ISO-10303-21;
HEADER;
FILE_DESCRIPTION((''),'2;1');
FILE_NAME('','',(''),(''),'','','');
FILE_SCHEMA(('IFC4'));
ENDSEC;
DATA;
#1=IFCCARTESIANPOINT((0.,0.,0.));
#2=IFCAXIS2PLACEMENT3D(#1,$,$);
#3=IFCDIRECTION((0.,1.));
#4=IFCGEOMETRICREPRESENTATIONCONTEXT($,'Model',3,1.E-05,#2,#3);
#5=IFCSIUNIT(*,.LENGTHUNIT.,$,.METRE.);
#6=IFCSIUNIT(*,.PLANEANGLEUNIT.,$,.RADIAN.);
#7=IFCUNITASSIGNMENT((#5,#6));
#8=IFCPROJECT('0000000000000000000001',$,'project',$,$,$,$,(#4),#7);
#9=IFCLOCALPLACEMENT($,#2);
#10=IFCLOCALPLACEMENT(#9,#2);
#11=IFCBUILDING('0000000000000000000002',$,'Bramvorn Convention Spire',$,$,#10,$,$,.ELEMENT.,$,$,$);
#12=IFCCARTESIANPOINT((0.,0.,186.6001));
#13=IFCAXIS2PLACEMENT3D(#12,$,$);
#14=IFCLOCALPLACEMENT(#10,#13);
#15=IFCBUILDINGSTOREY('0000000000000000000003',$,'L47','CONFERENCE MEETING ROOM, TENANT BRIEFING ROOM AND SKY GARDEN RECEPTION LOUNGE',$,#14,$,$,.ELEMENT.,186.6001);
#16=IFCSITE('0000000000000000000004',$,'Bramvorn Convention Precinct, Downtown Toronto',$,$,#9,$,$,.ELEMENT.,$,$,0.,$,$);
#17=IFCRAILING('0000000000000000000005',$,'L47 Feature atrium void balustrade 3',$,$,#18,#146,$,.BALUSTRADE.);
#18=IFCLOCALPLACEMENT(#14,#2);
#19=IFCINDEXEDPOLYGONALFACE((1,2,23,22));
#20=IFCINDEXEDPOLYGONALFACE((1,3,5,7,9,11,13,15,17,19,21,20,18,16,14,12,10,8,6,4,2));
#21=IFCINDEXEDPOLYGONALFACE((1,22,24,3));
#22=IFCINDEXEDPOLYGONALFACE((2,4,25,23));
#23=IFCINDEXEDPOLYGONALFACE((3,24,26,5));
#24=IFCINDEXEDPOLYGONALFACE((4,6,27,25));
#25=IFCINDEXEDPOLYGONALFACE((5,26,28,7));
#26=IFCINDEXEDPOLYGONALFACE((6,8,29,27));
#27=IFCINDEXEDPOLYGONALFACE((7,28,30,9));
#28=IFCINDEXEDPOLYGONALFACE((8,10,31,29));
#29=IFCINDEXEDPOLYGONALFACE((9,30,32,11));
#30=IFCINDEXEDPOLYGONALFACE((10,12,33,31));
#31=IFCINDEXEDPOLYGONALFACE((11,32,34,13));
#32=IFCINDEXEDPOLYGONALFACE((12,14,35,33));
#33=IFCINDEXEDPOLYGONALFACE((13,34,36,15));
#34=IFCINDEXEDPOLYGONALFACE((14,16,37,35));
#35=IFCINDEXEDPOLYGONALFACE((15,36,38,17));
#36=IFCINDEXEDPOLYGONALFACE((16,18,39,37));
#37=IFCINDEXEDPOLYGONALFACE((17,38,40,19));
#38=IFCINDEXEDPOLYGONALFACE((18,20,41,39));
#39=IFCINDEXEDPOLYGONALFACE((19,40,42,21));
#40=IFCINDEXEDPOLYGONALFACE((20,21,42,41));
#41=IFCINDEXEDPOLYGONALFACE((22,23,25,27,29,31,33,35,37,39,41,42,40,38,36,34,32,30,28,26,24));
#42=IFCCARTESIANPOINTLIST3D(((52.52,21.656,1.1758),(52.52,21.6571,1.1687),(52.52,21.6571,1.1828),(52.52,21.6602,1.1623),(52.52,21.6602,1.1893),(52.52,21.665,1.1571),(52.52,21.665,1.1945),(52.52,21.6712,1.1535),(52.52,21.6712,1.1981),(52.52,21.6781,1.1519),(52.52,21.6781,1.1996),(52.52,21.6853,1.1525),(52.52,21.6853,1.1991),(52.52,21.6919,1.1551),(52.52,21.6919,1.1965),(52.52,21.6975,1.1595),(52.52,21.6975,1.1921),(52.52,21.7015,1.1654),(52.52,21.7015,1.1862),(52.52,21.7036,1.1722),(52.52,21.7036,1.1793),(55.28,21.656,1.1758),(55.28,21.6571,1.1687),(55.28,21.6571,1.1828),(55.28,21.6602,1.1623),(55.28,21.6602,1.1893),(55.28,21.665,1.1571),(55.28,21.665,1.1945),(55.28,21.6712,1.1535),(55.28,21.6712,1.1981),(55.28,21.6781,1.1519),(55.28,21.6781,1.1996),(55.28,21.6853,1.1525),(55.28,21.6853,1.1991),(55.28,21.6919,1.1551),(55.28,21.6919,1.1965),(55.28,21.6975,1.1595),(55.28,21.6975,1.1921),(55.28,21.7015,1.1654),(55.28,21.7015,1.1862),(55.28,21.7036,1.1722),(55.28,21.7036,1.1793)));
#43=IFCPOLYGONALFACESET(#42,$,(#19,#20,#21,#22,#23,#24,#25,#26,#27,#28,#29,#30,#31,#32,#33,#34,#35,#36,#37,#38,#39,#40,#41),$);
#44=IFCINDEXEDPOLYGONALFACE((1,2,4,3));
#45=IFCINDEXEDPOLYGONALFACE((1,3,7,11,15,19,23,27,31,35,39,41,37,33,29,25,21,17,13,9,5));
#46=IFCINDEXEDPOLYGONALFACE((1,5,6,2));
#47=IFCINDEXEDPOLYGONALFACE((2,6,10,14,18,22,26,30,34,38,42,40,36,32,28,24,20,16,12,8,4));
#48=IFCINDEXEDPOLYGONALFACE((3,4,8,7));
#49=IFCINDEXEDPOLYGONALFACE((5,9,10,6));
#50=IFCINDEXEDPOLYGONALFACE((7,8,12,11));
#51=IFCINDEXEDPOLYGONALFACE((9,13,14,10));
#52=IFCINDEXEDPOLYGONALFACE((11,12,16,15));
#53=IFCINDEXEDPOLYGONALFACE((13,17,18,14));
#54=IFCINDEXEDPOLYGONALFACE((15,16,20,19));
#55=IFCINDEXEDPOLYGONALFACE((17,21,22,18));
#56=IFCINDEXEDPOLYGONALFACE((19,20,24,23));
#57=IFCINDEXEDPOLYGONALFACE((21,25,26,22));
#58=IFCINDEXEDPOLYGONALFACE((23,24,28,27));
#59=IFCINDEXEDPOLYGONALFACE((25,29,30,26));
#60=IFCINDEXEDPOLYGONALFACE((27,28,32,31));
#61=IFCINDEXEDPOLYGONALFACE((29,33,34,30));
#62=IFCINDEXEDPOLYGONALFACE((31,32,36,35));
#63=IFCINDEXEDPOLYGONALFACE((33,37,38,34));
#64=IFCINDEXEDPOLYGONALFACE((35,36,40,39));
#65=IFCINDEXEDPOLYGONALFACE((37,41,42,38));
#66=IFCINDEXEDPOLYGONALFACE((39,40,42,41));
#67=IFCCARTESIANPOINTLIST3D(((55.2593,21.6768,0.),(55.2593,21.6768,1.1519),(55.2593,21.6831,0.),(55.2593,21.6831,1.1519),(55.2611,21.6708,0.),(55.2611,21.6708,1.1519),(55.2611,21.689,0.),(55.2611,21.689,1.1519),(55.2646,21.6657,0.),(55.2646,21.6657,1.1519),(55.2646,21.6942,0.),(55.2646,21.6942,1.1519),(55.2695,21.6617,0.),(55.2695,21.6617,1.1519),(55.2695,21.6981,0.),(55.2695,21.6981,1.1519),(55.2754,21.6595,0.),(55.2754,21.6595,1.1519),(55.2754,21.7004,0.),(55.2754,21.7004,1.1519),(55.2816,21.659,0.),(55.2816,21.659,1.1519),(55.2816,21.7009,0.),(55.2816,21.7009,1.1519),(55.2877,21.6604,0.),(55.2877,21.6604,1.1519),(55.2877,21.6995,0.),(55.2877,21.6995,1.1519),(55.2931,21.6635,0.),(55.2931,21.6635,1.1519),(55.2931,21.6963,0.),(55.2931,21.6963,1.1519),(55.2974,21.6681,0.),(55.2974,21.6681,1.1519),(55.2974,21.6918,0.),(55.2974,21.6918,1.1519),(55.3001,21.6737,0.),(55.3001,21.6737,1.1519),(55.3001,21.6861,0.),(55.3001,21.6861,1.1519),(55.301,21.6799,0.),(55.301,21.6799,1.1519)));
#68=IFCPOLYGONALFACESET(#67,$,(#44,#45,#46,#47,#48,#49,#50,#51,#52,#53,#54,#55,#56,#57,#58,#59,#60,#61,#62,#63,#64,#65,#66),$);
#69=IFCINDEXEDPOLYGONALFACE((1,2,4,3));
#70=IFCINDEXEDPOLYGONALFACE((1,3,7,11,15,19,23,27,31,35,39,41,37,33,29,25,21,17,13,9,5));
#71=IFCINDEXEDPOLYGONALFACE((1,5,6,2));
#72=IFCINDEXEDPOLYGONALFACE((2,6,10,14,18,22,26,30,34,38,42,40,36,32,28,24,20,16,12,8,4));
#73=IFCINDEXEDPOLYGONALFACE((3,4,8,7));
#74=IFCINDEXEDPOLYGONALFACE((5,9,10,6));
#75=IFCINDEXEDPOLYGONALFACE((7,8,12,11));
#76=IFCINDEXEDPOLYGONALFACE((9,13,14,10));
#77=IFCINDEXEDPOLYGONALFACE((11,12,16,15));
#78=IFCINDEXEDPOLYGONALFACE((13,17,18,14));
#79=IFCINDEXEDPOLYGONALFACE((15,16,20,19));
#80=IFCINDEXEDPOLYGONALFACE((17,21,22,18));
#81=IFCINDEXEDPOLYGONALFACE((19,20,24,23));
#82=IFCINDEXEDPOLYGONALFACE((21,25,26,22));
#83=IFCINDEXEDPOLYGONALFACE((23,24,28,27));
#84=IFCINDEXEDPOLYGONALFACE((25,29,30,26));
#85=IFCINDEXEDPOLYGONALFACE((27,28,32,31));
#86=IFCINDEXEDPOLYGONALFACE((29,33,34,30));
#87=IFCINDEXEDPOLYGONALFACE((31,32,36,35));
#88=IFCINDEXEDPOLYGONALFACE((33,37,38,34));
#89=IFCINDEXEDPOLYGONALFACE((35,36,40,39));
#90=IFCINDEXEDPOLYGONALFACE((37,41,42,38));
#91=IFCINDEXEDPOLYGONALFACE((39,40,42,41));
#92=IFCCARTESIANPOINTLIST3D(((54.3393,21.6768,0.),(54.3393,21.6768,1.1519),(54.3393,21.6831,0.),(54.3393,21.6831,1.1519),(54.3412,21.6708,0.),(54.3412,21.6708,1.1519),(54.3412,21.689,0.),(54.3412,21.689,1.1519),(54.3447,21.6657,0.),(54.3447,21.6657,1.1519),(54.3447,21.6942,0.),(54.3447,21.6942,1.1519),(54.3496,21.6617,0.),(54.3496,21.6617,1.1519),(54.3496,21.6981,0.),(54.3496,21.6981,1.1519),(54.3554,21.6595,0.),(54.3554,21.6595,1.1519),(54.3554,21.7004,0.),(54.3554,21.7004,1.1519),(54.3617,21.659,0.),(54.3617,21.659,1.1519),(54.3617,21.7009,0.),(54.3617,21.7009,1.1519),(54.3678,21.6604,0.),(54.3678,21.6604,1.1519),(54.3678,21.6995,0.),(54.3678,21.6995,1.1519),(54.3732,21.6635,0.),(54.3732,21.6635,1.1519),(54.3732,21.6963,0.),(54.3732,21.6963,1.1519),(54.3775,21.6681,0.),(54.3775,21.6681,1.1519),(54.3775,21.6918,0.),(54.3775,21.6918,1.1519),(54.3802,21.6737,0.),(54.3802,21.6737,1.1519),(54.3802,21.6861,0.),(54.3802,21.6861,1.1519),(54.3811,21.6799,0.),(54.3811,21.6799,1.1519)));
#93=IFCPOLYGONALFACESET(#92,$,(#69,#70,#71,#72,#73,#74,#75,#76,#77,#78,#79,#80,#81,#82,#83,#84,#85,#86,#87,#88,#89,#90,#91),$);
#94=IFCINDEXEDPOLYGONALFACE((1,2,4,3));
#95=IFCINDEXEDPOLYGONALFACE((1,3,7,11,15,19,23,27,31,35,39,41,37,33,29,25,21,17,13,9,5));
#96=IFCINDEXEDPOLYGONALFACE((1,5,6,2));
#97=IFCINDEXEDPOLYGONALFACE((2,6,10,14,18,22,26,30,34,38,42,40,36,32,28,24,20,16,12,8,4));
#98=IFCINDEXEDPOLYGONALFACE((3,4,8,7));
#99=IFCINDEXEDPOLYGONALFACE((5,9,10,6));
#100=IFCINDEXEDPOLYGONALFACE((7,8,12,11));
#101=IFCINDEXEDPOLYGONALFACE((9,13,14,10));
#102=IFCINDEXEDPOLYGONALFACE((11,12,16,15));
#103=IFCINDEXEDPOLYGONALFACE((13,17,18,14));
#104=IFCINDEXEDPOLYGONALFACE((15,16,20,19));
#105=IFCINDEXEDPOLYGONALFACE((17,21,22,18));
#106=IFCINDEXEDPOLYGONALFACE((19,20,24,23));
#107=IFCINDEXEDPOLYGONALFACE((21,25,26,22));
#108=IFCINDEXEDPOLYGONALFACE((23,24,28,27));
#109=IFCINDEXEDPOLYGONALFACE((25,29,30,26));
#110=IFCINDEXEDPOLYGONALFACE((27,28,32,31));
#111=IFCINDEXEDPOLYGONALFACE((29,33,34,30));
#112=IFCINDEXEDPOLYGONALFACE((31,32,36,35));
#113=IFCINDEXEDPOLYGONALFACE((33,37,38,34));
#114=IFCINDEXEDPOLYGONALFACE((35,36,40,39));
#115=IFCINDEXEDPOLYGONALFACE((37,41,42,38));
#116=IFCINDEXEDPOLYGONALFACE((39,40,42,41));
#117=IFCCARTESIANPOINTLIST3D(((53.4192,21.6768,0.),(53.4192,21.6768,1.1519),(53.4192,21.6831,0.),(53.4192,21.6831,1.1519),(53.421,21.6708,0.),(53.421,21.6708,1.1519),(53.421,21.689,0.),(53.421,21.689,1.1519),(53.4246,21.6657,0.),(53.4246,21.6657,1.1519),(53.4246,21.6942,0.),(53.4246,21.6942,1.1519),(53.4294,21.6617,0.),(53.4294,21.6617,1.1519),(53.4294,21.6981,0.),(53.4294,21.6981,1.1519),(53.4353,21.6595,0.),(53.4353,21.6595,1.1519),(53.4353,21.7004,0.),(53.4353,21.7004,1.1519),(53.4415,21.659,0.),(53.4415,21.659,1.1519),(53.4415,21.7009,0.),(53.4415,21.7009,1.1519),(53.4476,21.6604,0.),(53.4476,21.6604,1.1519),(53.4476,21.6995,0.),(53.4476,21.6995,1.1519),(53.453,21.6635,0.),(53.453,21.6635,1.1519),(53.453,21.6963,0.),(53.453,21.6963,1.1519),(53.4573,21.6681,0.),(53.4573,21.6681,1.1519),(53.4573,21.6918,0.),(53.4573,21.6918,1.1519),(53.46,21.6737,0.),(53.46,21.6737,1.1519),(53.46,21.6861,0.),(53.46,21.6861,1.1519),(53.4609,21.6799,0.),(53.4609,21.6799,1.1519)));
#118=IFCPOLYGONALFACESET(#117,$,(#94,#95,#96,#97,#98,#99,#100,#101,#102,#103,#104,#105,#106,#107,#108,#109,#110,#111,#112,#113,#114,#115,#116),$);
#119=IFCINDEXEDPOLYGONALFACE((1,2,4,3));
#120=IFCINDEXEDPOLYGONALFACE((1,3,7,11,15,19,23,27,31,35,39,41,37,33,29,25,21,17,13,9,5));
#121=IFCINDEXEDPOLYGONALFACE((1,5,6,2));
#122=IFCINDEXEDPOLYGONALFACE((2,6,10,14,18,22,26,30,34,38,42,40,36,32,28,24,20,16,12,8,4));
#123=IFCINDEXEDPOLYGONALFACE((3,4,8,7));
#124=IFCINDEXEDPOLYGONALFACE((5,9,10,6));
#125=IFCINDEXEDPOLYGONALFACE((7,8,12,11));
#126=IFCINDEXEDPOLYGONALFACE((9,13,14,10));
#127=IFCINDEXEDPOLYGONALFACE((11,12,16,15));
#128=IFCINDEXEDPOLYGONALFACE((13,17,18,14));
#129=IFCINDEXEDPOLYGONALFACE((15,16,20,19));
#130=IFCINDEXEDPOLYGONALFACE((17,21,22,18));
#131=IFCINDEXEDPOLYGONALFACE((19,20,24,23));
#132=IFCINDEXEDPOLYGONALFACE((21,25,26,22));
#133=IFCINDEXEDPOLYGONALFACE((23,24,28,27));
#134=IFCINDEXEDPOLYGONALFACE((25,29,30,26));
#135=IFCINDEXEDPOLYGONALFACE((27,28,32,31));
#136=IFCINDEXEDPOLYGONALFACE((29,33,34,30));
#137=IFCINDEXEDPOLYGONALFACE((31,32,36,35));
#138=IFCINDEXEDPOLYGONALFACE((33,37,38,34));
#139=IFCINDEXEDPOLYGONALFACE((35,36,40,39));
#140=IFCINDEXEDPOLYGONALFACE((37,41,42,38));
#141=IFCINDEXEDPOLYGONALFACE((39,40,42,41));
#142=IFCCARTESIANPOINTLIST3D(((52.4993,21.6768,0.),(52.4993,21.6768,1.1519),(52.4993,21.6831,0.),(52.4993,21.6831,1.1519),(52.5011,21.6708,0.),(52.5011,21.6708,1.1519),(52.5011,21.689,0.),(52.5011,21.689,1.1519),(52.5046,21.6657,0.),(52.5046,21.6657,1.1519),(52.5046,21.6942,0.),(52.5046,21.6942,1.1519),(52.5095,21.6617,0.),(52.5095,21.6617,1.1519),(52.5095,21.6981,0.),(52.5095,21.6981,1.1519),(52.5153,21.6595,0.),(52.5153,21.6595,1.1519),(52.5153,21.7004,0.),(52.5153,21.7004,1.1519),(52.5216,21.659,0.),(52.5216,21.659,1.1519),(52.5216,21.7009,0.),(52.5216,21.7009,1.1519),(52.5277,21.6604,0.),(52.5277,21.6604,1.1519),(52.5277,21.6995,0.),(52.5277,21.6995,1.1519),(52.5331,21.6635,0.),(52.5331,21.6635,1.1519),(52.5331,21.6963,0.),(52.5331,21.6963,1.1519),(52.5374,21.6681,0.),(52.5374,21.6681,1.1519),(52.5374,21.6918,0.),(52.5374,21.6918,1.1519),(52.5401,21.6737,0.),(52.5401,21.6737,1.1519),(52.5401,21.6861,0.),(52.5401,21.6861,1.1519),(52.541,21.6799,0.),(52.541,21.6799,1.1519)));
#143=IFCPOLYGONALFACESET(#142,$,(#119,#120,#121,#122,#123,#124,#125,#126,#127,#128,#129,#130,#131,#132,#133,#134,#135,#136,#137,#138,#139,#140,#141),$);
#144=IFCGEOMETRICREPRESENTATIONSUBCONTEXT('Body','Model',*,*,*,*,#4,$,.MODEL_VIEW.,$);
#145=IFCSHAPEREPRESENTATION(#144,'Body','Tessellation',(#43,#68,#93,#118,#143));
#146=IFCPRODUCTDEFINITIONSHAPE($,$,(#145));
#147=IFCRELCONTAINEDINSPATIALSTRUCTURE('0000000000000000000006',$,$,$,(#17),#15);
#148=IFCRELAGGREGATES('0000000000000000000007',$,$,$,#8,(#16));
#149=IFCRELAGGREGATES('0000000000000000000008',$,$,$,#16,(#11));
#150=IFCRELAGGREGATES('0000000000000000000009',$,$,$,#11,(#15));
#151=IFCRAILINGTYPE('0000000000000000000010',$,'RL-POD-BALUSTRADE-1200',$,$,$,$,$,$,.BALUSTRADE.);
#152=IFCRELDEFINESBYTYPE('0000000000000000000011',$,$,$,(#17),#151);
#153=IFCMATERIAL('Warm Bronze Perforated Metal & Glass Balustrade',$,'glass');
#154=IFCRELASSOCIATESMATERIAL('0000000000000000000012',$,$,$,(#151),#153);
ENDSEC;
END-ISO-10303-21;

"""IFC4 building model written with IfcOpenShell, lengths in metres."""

from ifc_helpers import new_model, si_unit, direction, frame, origin, origin_2d, place, context, subcontext, project, spatial, circle, extrude, material, type_object, element, save


model = new_model("IFC4")

# Units and contexts
model_context = context("Model", 3, precision=1e-05, world=origin(), true_north=direction((0.0, 1.0)))
body_context = subcontext(model_context, "Body", "Model", "MODEL_VIEW")
ifc_project = project(units=[si_unit("LENGTHUNIT", "METRE"), si_unit("PLANEANGLEUNIT", "RADIAN")], contexts=[model_context])

# Site, building, storey
site_placement = place(None, origin())
site = spatial("IfcSite", under=ifc_project, at=site_placement, Name="Bramvorn Convention Precinct, Downtown Toronto", CompositionType="ELEMENT", RefElevation=0.0)
building_placement = place(site_placement, origin())
building = spatial("IfcBuilding", under=site, at=building_placement, Name="Bramvorn Convention Spire", CompositionType="ELEMENT")
storey_placement = place(building_placement, frame((0.0, 0.0, 186.6001)))
storey = spatial("IfcBuildingStorey", under=building, at=storey_placement, Name="L47", Description="CONFERENCE MEETING ROOM, TENANT BRIEFING ROOM AND SKY GARDEN RECEPTION LOUNGE", CompositionType="ELEMENT", Elevation=186.6001)

# Railing
ifc_material_1 = material(Name="Warm Bronze Perforated Metal & Glass Balustrade", Category="glass")
railing_type_1 = type_object("IfcRailingType", Name="RL-POD-BALUSTRADE-1200", PredefinedType="BALUSTRADE", material=ifc_material_1)
railing_1_placement = place(storey_placement, frame((55.28, 21.6799, 0.0)))
element("IfcRailing", 1, at=railing_1_placement, inside=storey, type_object=railing_type_1, Name="L47 Feature atrium void balustrade 3", PredefinedType="BALUSTRADE", context=body_context, shape_type="SweptSolid", body=[
    extrude(circle(Radius=0.0239, at=origin_2d()), frame((0.0, 0.0, 1.1758), z_axis=(-1.0, 0.0, 0.0), x_axis=(0.0, -1.0, 0.0)), (0.0, 0.0, 1.0), 2.76),
    extrude(circle(Radius=0.021, at=origin_2d()), origin(), (0.0, 0.0, 1.0), 1.1519),
    extrude(circle(Radius=0.021, at=origin_2d()), frame((-0.9199, 0.0, 0.0)), (0.0, 0.0, 1.0), 1.1519),
    extrude(circle(Radius=0.021, at=origin_2d()), frame((-1.8401, 0.0, 0.0)), (0.0, 0.0, 1.0), 1.1519),
    extrude(circle(Radius=0.021, at=origin_2d()), frame((-2.76, 0.0, 0.0)), (0.0, 0.0, 1.0), 1.1519),
])

save(model, "model.ifc")
